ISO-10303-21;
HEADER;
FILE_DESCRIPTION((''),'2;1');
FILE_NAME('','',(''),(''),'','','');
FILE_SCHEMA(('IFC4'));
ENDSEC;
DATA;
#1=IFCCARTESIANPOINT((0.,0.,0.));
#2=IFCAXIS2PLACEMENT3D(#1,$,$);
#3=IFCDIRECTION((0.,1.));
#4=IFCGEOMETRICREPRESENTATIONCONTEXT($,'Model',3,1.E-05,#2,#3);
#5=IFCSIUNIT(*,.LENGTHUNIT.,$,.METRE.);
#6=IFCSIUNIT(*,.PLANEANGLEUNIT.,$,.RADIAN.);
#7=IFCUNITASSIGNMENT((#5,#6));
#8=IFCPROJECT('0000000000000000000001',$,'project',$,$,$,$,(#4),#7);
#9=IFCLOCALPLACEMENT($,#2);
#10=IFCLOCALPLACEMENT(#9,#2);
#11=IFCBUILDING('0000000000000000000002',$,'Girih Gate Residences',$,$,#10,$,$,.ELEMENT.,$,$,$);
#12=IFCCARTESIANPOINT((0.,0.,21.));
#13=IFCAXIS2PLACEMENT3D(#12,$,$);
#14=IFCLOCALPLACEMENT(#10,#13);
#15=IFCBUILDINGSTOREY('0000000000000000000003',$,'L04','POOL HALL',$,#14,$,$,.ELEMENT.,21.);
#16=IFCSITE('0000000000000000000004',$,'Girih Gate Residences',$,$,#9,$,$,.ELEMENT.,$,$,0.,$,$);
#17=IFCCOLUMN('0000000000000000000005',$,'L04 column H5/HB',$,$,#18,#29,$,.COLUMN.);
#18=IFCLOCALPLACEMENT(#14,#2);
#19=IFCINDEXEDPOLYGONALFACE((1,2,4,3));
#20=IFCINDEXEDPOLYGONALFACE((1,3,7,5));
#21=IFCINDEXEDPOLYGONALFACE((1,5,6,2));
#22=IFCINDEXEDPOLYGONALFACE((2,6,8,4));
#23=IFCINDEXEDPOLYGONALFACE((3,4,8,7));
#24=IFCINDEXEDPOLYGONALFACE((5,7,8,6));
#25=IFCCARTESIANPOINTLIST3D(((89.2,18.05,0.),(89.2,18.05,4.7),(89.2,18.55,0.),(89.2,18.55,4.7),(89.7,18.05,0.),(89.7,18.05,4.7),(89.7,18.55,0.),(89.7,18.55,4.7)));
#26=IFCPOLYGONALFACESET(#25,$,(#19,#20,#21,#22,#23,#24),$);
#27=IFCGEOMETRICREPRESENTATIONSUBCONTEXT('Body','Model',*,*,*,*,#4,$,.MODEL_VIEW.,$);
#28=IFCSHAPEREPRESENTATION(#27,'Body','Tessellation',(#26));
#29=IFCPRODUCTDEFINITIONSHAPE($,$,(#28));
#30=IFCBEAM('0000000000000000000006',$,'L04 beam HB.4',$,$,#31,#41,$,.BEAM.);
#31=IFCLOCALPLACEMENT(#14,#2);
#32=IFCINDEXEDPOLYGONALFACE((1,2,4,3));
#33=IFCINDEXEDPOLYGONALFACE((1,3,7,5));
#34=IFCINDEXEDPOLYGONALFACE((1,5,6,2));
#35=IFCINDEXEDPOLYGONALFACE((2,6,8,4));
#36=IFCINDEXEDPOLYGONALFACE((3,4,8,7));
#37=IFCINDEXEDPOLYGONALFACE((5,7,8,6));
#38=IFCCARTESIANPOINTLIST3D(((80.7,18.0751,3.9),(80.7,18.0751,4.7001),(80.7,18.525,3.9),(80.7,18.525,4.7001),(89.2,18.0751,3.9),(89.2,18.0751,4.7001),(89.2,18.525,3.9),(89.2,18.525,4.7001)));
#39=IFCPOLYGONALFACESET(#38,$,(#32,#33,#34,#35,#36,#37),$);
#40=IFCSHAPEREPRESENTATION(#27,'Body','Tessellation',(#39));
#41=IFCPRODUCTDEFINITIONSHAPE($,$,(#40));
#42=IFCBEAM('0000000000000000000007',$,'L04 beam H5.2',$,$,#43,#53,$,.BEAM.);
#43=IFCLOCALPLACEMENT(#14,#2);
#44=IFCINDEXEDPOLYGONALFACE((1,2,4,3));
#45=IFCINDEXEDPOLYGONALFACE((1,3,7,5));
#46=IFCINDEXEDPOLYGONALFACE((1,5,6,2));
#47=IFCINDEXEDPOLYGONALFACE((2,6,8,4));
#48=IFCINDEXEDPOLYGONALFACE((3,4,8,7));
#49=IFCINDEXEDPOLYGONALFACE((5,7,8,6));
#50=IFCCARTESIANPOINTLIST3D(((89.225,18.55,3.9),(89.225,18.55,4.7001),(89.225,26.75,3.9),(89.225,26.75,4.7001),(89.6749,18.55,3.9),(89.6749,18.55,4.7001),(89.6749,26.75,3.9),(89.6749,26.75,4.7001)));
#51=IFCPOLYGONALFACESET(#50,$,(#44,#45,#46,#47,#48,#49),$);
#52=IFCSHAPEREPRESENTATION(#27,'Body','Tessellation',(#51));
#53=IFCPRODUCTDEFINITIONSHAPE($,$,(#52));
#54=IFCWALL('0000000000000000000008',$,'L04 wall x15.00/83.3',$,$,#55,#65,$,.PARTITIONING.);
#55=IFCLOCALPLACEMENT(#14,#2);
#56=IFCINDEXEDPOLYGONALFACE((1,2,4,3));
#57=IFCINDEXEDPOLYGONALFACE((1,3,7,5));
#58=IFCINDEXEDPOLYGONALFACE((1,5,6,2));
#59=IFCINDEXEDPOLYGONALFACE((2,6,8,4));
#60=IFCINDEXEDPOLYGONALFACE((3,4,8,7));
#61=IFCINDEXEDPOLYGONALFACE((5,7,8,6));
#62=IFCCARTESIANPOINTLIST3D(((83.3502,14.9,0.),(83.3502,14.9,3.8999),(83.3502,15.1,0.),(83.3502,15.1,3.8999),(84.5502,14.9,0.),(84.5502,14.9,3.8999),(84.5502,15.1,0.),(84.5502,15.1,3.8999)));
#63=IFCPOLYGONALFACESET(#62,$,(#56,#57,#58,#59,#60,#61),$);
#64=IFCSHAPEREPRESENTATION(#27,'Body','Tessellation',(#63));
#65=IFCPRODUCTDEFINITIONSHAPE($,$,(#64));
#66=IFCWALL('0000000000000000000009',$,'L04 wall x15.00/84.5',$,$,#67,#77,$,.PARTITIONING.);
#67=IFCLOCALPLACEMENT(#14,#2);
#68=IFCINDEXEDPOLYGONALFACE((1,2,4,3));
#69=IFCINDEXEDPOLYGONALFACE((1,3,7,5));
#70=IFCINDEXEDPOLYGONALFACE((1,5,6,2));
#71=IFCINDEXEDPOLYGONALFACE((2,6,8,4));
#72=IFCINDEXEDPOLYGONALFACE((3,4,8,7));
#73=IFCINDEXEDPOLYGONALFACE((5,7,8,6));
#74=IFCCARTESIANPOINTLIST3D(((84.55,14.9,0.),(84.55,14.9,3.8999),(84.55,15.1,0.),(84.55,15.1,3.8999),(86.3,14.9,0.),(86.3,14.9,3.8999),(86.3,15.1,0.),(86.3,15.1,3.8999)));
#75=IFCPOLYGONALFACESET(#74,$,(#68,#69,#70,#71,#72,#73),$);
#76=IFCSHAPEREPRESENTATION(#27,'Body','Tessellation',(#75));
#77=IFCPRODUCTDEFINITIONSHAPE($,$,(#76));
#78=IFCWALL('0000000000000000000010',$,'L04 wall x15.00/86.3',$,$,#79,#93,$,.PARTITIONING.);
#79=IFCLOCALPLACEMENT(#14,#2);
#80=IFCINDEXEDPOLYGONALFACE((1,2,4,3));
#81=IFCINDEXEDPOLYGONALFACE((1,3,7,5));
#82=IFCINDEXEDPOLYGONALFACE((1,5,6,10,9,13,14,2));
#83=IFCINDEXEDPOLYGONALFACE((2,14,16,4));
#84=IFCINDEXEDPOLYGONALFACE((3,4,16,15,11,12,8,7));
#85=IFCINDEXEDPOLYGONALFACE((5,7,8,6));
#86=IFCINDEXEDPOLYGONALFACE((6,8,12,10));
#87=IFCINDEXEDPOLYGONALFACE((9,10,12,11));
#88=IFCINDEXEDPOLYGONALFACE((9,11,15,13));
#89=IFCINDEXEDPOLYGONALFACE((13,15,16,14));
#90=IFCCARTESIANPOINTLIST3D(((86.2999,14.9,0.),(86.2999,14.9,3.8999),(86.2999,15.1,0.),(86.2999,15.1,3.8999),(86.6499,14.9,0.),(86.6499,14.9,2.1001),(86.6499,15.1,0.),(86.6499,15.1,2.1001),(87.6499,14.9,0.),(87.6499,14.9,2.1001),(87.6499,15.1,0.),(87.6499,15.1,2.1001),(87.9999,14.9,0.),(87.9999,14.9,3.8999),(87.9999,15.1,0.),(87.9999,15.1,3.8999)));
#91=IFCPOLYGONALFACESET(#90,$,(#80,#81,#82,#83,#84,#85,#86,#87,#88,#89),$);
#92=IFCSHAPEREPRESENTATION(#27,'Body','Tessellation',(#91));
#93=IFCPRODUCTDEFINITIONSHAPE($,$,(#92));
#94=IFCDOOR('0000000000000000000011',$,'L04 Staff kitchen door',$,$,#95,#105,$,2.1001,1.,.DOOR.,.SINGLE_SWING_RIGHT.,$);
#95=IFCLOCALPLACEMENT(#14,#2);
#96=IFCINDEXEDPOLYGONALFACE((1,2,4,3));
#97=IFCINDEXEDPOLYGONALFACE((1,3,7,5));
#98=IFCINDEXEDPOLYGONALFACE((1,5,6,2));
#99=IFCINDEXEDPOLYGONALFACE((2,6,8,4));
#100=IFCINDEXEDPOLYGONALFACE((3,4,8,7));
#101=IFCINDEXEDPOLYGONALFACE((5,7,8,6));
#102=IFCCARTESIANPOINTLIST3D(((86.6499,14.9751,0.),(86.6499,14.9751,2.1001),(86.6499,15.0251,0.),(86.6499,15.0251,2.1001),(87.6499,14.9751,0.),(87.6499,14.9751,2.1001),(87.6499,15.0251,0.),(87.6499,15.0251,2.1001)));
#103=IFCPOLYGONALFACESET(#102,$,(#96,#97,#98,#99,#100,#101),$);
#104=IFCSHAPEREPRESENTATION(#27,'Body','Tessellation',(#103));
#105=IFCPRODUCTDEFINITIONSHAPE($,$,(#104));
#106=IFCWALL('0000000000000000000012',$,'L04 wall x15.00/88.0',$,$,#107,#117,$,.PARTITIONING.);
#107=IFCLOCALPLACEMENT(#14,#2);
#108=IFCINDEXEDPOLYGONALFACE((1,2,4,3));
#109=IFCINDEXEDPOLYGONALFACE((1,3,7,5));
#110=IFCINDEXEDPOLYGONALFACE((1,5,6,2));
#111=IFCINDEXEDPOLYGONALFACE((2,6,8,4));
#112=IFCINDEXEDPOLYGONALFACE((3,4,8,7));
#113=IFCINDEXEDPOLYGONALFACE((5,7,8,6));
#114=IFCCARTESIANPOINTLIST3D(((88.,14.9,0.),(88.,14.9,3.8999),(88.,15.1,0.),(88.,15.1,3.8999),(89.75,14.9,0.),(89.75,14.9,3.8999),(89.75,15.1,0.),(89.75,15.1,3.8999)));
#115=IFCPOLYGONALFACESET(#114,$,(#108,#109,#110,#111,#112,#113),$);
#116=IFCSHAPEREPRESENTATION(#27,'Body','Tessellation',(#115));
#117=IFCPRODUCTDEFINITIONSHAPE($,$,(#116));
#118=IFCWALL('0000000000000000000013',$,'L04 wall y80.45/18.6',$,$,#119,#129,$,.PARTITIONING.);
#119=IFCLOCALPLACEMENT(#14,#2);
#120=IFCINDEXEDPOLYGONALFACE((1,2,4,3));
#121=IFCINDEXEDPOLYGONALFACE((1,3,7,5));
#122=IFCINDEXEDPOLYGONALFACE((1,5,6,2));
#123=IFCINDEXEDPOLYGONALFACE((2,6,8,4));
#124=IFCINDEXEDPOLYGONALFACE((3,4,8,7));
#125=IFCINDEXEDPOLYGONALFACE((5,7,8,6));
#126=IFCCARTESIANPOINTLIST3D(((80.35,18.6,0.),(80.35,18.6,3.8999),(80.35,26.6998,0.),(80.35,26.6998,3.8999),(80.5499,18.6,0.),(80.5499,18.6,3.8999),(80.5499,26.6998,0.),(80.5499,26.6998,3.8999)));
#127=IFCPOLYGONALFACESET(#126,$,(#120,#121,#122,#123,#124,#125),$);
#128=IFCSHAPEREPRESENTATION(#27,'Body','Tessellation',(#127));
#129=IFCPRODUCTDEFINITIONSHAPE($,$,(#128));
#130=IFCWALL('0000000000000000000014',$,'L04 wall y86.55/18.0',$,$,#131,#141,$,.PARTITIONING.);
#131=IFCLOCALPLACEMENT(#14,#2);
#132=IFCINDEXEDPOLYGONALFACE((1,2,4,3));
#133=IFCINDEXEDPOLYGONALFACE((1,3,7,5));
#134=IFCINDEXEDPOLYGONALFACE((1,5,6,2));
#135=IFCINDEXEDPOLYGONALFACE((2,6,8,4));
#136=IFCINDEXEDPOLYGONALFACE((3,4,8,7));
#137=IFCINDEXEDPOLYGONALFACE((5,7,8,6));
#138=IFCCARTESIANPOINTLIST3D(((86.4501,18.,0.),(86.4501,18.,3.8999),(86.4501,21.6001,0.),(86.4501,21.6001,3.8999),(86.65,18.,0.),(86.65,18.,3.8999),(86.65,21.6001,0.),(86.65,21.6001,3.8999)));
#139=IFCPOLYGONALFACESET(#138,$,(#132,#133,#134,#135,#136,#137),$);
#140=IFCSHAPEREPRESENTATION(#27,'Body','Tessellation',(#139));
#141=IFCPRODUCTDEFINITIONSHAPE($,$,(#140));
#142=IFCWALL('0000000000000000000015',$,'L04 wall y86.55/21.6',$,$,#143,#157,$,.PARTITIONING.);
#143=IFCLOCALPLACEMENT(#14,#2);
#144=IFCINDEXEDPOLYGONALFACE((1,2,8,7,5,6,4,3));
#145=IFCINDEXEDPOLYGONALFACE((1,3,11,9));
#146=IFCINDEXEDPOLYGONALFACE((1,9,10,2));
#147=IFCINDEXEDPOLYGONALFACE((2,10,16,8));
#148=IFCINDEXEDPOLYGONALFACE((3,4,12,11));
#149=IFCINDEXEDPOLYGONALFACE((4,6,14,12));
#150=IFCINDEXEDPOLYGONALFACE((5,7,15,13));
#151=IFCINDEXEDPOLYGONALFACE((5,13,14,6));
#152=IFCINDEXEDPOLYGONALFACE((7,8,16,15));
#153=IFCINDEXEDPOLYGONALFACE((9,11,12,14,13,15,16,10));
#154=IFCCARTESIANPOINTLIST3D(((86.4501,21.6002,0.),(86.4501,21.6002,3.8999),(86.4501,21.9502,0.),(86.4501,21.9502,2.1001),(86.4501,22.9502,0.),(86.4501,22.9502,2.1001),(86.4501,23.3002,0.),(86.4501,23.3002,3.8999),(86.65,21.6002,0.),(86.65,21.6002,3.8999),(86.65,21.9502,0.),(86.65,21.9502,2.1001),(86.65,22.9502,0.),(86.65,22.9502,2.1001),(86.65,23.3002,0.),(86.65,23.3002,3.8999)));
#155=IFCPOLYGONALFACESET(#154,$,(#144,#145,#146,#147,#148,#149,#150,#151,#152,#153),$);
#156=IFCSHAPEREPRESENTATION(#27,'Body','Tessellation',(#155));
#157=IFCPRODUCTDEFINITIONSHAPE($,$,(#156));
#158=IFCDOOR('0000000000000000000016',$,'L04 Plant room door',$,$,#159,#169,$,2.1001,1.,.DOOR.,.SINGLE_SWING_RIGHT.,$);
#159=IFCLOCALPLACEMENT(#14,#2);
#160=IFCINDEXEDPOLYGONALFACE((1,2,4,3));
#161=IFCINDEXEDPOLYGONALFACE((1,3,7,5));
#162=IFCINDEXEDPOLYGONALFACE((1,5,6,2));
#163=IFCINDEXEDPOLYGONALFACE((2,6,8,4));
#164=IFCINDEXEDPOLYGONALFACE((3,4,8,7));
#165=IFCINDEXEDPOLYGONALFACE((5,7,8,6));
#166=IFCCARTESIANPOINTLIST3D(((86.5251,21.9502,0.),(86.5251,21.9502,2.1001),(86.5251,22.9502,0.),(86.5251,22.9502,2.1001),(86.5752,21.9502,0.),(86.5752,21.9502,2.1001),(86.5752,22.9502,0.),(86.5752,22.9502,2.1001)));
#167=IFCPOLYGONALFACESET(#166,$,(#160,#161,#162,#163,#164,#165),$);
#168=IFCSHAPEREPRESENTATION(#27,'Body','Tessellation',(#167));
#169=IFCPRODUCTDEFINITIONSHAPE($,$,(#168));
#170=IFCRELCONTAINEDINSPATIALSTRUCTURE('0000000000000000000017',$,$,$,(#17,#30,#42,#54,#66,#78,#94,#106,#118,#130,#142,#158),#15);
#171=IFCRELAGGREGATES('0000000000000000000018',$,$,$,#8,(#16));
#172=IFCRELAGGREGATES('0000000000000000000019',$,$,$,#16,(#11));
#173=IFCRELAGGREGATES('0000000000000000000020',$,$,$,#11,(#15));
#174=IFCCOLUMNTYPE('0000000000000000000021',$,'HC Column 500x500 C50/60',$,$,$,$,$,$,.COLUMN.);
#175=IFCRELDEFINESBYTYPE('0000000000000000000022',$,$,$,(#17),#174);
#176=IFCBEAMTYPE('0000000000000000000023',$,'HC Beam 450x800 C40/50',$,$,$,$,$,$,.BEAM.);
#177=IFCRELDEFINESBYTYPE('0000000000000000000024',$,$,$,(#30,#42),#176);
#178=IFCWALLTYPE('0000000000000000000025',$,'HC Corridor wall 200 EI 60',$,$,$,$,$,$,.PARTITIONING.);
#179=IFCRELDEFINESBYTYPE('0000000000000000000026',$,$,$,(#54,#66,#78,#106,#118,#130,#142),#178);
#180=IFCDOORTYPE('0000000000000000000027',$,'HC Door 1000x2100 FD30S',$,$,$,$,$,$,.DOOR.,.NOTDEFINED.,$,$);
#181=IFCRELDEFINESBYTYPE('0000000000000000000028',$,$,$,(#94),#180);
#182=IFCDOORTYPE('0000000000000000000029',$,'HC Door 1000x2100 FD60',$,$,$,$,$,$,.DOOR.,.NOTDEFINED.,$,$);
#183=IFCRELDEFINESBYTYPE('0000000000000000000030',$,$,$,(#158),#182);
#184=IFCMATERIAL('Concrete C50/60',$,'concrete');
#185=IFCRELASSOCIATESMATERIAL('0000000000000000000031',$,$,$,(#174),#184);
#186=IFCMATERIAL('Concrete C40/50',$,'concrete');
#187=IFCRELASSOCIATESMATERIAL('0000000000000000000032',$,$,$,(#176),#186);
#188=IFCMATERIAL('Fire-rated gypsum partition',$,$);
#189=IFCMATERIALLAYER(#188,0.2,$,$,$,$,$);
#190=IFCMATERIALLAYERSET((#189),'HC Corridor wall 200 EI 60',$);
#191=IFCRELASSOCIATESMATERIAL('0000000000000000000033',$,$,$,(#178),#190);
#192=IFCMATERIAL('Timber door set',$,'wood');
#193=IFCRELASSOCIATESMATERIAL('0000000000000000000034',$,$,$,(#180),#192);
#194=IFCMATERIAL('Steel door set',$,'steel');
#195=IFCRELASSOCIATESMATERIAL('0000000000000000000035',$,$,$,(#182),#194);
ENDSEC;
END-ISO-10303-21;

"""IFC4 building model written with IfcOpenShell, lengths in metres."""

from ifc_helpers import new_model, si_unit, direction, frame, frame_2d, origin, origin_2d, place, context, subcontext, project, spatial, rectangle, extrude, material, layer, layer_set, material_profile, profile_set, type_object, element, fill, save


model = new_model("IFC4")

# Units and contexts
model_context = context("Model", 3, precision=1e-05, world=origin(), true_north=direction((0.0, 1.0)))
body_context = subcontext(model_context, "Body", "Model", "MODEL_VIEW")
ifc_project = project(units=[si_unit("LENGTHUNIT", "METRE"), si_unit("PLANEANGLEUNIT", "RADIAN")], contexts=[model_context])

# Site, building, storey
site_placement = place(None, origin())
site = spatial("IfcSite", under=ifc_project, at=site_placement, Name="Girih Gate Residences", CompositionType="ELEMENT", RefElevation=0.0)
building_placement = place(site_placement, origin())
building = spatial("IfcBuilding", under=site, at=building_placement, Name="Girih Gate Residences", CompositionType="ELEMENT")
storey_placement = place(building_placement, frame((0.0, 0.0, 21.0)))
storey = spatial("IfcBuildingStorey", under=building, at=storey_placement, Name="L04", Description="POOL HALL", CompositionType="ELEMENT", Elevation=21.0)

# Column
ifc_material_1 = material(Name="Concrete C50/60", Category="concrete")
ifc_material_profile_1 = material_profile(ifc_material_1, rectangle(XDim=0.5, YDim=0.5, at=origin_2d()))
ifc_profile_set_1 = profile_set([ifc_material_profile_1], Name="Concrete C50/60")
column_type = type_object("IfcColumnType", Name="HC Column 500x500 C50/60", PredefinedType="COLUMN", material=ifc_profile_set_1)
column_placement = place(storey_placement, frame((89.45, 18.3, 0.0), z_axis=(0.0, 0.0, 1.0), x_axis=(1.0, 0.0, 0.0)))
element("IfcColumn", 1, at=column_placement, inside=storey, type_object=column_type, Name="L04 column H5/HB", PredefinedType="COLUMN", context=body_context, shape_type="SweptSolid", body=[
    extrude(rectangle(XDim=0.5, YDim=0.5, at=origin_2d()), origin(), (0.0, 0.0, 1.0), 4.7),
])

# Beams
ifc_material_2 = material(Name="Concrete C40/50", Category="concrete")
ifc_material_profile_2 = material_profile(ifc_material_2, rectangle(XDim=0.45, YDim=0.8, at=origin_2d()))
ifc_profile_set_2 = profile_set([ifc_material_profile_2], Name="Concrete C40/50")
beam_type = type_object("IfcBeamType", Name="HC Beam 450x800 C40/50", PredefinedType="BEAM", material=ifc_profile_set_2)
beam_1_placement = place(storey_placement, frame((80.7, 18.3, 4.3), z_axis=(1.0, 0.0, 0.0), x_axis=(0.0, 1.0, 0.0)))
element("IfcBeam", 2, at=beam_1_placement, inside=storey, type_object=beam_type, Name="L04 beam HB.4", PredefinedType="BEAM", context=body_context, shape_type="SweptSolid", body=[
    extrude(rectangle(XDim=0.45, YDim=0.8, at=origin_2d()), origin(), (0.0, 0.0, 1.0), 8.5),
])
beam_2_placement = place(storey_placement, frame((89.45, 18.55, 4.3), z_axis=(0.0, 1.0, 0.0), x_axis=(-1.0, 0.0, 0.0)))
element("IfcBeam", 3, at=beam_2_placement, inside=storey, type_object=beam_type, Name="L04 beam H5.2", PredefinedType="BEAM", context=body_context, shape_type="SweptSolid", body=[
    extrude(rectangle(XDim=0.45, YDim=0.8, at=origin_2d()), origin(), (0.0, 0.0, 1.0), 8.2),
])

# Walls
ifc_material_3 = material(Name="Fire-rated gypsum partition")
ifc_layer = layer(ifc_material_3, 0.2)
ifc_layer_set = layer_set([ifc_layer], Name="HC Corridor wall 200 EI 60")
wall_type = type_object("IfcWallType", Name="HC Corridor wall 200 EI 60", PredefinedType="PARTITIONING", material=ifc_layer_set)
wall_1_placement = place(storey_placement, frame((83.3501, 15.0, 0.0), z_axis=(0.0, 0.0, 1.0), x_axis=(1.0, 0.0, 0.0)))
element("IfcWall", 4, at=wall_1_placement, inside=storey, type_object=wall_type, Name="L04 wall x15.00/83.3", PredefinedType="PARTITIONING", context=body_context, shape_type="SweptSolid", body=[
    extrude(rectangle(XDim=1.2, YDim=0.2, at=frame_2d((0.6001, 0.0))), origin(), (0.0, 0.0, 1.0), 3.8999),
])
wall_2_placement = place(storey_placement, frame((84.55, 15.0, 0.0), z_axis=(0.0, 0.0, 1.0), x_axis=(1.0, 0.0, 0.0)))
element("IfcWall", 5, at=wall_2_placement, inside=storey, type_object=wall_type, Name="L04 wall x15.00/84.5", PredefinedType="PARTITIONING", context=body_context, shape_type="SweptSolid", body=[
    extrude(rectangle(XDim=1.75, YDim=0.2, at=frame_2d((0.875, 0.0))), origin(), (0.0, 0.0, 1.0), 3.8999),
])

# Wall, opening, door
wall_3_placement = place(storey_placement, frame((88.0, 15.0, 0.0), z_axis=(0.0, 0.0, 1.0), x_axis=(-1.0, 0.0, 0.0)))
wall_3 = element("IfcWall", 6, at=wall_3_placement, inside=storey, type_object=wall_type, Name="L04 wall x15.00/86.3", PredefinedType="PARTITIONING", context=body_context, shape_type="SweptSolid", body=[
    extrude(rectangle(XDim=1.7, YDim=0.2, at=frame_2d((0.8501, 0.0))), origin(), (0.0, 0.0, 1.0), 3.8999),
])
opening_1_placement = place(wall_3_placement, frame((0.3501, 0.0, 0.0)))
opening_1 = element("IfcOpeningElement", 7, at=opening_1_placement, cuts=wall_3, PredefinedType="OPENING", context=body_context, shape_type="SweptSolid", body=[
    extrude(rectangle(XDim=1.0, YDim=2.1001, at=frame_2d((0.5, 1.05))), frame((0.0, 0.1099, 0.0), z_axis=(0.0, -1.0, 0.0), x_axis=(1.0, 0.0, 0.0)), (0.0, 0.0, 1.0), 0.22),
])
ifc_material_4 = material(Name="Timber door set", Category="wood")
door_type_1 = type_object("IfcDoorType", Name="HC Door 1000x2100 FD30S", OperationType="NOTDEFINED", PredefinedType="DOOR", material=ifc_material_4)
door_1_placement = place(opening_1_placement, origin())
door_1 = element("IfcDoor", 8, at=door_1_placement, inside=storey, type_object=door_type_1, Name="L04 Staff kitchen door", OperationType="SINGLE_SWING_RIGHT", OverallHeight=2.1001, OverallWidth=1.0, PredefinedType="DOOR", context=body_context, shape_type="SweptSolid", body=[
    extrude(rectangle(XDim=1.0, YDim=2.1001, at=frame_2d((0.5, 1.05))), frame((0.0, 0.0249, 0.0), z_axis=(0.0, -1.0, 0.0), x_axis=(1.0, 0.0, 0.0)), (0.0, 0.0, 1.0), 0.05),
])
fill(opening_1, door_1)

# Walls
wall_4_placement = place(storey_placement, frame((88.0, 15.0, 0.0), z_axis=(0.0, 0.0, 1.0), x_axis=(1.0, 0.0, 0.0)))
element("IfcWall", 9, at=wall_4_placement, inside=storey, type_object=wall_type, Name="L04 wall x15.00/88.0", PredefinedType="PARTITIONING", context=body_context, shape_type="SweptSolid", body=[
    extrude(rectangle(XDim=1.75, YDim=0.2, at=frame_2d((0.875, 0.0))), origin(), (0.0, 0.0, 1.0), 3.8999),
])
wall_5_placement = place(storey_placement, frame((80.45, 18.6001, 0.0), z_axis=(0.0, 0.0, 1.0), x_axis=(0.0, 1.0, 0.0)))
element("IfcWall", 10, at=wall_5_placement, inside=storey, type_object=wall_type, Name="L04 wall y80.45/18.6", PredefinedType="PARTITIONING", context=body_context, shape_type="SweptSolid", body=[
    extrude(rectangle(XDim=8.0999, YDim=0.2, at=frame_2d((4.0498, 0.0))), origin(), (0.0, 0.0, 1.0), 3.8999),
])
wall_6_placement = place(storey_placement, frame((86.55, 18.0, 0.0), z_axis=(0.0, 0.0, 1.0), x_axis=(0.0, 1.0, 0.0)))
element("IfcWall", 11, at=wall_6_placement, inside=storey, type_object=wall_type, Name="L04 wall y86.55/18.0", PredefinedType="PARTITIONING", context=body_context, shape_type="SweptSolid", body=[
    extrude(rectangle(XDim=3.6001, YDim=0.2, at=frame_2d((1.8, 0.0))), origin(), (0.0, 0.0, 1.0), 3.8999),
])

# Wall, opening, door
wall_7_placement = place(storey_placement, frame((86.55, 21.6001, 0.0), z_axis=(0.0, 0.0, 1.0), x_axis=(0.0, 1.0, 0.0)))
wall_7 = element("IfcWall", 12, at=wall_7_placement, inside=storey, type_object=wall_type, Name="L04 wall y86.55/21.6", PredefinedType="PARTITIONING", context=body_context, shape_type="SweptSolid", body=[
    extrude(rectangle(XDim=1.7, YDim=0.2, at=frame_2d((0.8501, 0.0))), origin(), (0.0, 0.0, 1.0), 3.8999),
])
opening_2_placement = place(wall_7_placement, frame((0.3501, 0.0, 0.0)))
opening_2 = element("IfcOpeningElement", 13, at=opening_2_placement, cuts=wall_7, PredefinedType="OPENING", context=body_context, shape_type="SweptSolid", body=[
    extrude(rectangle(XDim=1.0, YDim=2.1001, at=frame_2d((0.5, 1.05))), frame((0.0, 0.1099, 0.0), z_axis=(0.0, -1.0, 0.0), x_axis=(1.0, 0.0, 0.0)), (0.0, 0.0, 1.0), 0.22),
])
ifc_material_5 = material(Name="Steel door set", Category="steel")
door_type_2 = type_object("IfcDoorType", Name="HC Door 1000x2100 FD60", OperationType="NOTDEFINED", PredefinedType="DOOR", material=ifc_material_5)
door_2_placement = place(opening_2_placement, origin())
door_2 = element("IfcDoor", 14, at=door_2_placement, inside=storey, type_object=door_type_2, Name="L04 Plant room door", OperationType="SINGLE_SWING_RIGHT", OverallHeight=2.1001, OverallWidth=1.0, PredefinedType="DOOR", context=body_context, shape_type="SweptSolid", body=[
    extrude(rectangle(XDim=1.0, YDim=2.1001, at=frame_2d((0.5, 1.05))), frame((0.0, 0.0249, 0.0), z_axis=(0.0, -1.0, 0.0), x_axis=(1.0, 0.0, 0.0)), (0.0, 0.0, 1.0), 0.05),
])
fill(opening_2, door_2)

save(model, "model.ifc")
